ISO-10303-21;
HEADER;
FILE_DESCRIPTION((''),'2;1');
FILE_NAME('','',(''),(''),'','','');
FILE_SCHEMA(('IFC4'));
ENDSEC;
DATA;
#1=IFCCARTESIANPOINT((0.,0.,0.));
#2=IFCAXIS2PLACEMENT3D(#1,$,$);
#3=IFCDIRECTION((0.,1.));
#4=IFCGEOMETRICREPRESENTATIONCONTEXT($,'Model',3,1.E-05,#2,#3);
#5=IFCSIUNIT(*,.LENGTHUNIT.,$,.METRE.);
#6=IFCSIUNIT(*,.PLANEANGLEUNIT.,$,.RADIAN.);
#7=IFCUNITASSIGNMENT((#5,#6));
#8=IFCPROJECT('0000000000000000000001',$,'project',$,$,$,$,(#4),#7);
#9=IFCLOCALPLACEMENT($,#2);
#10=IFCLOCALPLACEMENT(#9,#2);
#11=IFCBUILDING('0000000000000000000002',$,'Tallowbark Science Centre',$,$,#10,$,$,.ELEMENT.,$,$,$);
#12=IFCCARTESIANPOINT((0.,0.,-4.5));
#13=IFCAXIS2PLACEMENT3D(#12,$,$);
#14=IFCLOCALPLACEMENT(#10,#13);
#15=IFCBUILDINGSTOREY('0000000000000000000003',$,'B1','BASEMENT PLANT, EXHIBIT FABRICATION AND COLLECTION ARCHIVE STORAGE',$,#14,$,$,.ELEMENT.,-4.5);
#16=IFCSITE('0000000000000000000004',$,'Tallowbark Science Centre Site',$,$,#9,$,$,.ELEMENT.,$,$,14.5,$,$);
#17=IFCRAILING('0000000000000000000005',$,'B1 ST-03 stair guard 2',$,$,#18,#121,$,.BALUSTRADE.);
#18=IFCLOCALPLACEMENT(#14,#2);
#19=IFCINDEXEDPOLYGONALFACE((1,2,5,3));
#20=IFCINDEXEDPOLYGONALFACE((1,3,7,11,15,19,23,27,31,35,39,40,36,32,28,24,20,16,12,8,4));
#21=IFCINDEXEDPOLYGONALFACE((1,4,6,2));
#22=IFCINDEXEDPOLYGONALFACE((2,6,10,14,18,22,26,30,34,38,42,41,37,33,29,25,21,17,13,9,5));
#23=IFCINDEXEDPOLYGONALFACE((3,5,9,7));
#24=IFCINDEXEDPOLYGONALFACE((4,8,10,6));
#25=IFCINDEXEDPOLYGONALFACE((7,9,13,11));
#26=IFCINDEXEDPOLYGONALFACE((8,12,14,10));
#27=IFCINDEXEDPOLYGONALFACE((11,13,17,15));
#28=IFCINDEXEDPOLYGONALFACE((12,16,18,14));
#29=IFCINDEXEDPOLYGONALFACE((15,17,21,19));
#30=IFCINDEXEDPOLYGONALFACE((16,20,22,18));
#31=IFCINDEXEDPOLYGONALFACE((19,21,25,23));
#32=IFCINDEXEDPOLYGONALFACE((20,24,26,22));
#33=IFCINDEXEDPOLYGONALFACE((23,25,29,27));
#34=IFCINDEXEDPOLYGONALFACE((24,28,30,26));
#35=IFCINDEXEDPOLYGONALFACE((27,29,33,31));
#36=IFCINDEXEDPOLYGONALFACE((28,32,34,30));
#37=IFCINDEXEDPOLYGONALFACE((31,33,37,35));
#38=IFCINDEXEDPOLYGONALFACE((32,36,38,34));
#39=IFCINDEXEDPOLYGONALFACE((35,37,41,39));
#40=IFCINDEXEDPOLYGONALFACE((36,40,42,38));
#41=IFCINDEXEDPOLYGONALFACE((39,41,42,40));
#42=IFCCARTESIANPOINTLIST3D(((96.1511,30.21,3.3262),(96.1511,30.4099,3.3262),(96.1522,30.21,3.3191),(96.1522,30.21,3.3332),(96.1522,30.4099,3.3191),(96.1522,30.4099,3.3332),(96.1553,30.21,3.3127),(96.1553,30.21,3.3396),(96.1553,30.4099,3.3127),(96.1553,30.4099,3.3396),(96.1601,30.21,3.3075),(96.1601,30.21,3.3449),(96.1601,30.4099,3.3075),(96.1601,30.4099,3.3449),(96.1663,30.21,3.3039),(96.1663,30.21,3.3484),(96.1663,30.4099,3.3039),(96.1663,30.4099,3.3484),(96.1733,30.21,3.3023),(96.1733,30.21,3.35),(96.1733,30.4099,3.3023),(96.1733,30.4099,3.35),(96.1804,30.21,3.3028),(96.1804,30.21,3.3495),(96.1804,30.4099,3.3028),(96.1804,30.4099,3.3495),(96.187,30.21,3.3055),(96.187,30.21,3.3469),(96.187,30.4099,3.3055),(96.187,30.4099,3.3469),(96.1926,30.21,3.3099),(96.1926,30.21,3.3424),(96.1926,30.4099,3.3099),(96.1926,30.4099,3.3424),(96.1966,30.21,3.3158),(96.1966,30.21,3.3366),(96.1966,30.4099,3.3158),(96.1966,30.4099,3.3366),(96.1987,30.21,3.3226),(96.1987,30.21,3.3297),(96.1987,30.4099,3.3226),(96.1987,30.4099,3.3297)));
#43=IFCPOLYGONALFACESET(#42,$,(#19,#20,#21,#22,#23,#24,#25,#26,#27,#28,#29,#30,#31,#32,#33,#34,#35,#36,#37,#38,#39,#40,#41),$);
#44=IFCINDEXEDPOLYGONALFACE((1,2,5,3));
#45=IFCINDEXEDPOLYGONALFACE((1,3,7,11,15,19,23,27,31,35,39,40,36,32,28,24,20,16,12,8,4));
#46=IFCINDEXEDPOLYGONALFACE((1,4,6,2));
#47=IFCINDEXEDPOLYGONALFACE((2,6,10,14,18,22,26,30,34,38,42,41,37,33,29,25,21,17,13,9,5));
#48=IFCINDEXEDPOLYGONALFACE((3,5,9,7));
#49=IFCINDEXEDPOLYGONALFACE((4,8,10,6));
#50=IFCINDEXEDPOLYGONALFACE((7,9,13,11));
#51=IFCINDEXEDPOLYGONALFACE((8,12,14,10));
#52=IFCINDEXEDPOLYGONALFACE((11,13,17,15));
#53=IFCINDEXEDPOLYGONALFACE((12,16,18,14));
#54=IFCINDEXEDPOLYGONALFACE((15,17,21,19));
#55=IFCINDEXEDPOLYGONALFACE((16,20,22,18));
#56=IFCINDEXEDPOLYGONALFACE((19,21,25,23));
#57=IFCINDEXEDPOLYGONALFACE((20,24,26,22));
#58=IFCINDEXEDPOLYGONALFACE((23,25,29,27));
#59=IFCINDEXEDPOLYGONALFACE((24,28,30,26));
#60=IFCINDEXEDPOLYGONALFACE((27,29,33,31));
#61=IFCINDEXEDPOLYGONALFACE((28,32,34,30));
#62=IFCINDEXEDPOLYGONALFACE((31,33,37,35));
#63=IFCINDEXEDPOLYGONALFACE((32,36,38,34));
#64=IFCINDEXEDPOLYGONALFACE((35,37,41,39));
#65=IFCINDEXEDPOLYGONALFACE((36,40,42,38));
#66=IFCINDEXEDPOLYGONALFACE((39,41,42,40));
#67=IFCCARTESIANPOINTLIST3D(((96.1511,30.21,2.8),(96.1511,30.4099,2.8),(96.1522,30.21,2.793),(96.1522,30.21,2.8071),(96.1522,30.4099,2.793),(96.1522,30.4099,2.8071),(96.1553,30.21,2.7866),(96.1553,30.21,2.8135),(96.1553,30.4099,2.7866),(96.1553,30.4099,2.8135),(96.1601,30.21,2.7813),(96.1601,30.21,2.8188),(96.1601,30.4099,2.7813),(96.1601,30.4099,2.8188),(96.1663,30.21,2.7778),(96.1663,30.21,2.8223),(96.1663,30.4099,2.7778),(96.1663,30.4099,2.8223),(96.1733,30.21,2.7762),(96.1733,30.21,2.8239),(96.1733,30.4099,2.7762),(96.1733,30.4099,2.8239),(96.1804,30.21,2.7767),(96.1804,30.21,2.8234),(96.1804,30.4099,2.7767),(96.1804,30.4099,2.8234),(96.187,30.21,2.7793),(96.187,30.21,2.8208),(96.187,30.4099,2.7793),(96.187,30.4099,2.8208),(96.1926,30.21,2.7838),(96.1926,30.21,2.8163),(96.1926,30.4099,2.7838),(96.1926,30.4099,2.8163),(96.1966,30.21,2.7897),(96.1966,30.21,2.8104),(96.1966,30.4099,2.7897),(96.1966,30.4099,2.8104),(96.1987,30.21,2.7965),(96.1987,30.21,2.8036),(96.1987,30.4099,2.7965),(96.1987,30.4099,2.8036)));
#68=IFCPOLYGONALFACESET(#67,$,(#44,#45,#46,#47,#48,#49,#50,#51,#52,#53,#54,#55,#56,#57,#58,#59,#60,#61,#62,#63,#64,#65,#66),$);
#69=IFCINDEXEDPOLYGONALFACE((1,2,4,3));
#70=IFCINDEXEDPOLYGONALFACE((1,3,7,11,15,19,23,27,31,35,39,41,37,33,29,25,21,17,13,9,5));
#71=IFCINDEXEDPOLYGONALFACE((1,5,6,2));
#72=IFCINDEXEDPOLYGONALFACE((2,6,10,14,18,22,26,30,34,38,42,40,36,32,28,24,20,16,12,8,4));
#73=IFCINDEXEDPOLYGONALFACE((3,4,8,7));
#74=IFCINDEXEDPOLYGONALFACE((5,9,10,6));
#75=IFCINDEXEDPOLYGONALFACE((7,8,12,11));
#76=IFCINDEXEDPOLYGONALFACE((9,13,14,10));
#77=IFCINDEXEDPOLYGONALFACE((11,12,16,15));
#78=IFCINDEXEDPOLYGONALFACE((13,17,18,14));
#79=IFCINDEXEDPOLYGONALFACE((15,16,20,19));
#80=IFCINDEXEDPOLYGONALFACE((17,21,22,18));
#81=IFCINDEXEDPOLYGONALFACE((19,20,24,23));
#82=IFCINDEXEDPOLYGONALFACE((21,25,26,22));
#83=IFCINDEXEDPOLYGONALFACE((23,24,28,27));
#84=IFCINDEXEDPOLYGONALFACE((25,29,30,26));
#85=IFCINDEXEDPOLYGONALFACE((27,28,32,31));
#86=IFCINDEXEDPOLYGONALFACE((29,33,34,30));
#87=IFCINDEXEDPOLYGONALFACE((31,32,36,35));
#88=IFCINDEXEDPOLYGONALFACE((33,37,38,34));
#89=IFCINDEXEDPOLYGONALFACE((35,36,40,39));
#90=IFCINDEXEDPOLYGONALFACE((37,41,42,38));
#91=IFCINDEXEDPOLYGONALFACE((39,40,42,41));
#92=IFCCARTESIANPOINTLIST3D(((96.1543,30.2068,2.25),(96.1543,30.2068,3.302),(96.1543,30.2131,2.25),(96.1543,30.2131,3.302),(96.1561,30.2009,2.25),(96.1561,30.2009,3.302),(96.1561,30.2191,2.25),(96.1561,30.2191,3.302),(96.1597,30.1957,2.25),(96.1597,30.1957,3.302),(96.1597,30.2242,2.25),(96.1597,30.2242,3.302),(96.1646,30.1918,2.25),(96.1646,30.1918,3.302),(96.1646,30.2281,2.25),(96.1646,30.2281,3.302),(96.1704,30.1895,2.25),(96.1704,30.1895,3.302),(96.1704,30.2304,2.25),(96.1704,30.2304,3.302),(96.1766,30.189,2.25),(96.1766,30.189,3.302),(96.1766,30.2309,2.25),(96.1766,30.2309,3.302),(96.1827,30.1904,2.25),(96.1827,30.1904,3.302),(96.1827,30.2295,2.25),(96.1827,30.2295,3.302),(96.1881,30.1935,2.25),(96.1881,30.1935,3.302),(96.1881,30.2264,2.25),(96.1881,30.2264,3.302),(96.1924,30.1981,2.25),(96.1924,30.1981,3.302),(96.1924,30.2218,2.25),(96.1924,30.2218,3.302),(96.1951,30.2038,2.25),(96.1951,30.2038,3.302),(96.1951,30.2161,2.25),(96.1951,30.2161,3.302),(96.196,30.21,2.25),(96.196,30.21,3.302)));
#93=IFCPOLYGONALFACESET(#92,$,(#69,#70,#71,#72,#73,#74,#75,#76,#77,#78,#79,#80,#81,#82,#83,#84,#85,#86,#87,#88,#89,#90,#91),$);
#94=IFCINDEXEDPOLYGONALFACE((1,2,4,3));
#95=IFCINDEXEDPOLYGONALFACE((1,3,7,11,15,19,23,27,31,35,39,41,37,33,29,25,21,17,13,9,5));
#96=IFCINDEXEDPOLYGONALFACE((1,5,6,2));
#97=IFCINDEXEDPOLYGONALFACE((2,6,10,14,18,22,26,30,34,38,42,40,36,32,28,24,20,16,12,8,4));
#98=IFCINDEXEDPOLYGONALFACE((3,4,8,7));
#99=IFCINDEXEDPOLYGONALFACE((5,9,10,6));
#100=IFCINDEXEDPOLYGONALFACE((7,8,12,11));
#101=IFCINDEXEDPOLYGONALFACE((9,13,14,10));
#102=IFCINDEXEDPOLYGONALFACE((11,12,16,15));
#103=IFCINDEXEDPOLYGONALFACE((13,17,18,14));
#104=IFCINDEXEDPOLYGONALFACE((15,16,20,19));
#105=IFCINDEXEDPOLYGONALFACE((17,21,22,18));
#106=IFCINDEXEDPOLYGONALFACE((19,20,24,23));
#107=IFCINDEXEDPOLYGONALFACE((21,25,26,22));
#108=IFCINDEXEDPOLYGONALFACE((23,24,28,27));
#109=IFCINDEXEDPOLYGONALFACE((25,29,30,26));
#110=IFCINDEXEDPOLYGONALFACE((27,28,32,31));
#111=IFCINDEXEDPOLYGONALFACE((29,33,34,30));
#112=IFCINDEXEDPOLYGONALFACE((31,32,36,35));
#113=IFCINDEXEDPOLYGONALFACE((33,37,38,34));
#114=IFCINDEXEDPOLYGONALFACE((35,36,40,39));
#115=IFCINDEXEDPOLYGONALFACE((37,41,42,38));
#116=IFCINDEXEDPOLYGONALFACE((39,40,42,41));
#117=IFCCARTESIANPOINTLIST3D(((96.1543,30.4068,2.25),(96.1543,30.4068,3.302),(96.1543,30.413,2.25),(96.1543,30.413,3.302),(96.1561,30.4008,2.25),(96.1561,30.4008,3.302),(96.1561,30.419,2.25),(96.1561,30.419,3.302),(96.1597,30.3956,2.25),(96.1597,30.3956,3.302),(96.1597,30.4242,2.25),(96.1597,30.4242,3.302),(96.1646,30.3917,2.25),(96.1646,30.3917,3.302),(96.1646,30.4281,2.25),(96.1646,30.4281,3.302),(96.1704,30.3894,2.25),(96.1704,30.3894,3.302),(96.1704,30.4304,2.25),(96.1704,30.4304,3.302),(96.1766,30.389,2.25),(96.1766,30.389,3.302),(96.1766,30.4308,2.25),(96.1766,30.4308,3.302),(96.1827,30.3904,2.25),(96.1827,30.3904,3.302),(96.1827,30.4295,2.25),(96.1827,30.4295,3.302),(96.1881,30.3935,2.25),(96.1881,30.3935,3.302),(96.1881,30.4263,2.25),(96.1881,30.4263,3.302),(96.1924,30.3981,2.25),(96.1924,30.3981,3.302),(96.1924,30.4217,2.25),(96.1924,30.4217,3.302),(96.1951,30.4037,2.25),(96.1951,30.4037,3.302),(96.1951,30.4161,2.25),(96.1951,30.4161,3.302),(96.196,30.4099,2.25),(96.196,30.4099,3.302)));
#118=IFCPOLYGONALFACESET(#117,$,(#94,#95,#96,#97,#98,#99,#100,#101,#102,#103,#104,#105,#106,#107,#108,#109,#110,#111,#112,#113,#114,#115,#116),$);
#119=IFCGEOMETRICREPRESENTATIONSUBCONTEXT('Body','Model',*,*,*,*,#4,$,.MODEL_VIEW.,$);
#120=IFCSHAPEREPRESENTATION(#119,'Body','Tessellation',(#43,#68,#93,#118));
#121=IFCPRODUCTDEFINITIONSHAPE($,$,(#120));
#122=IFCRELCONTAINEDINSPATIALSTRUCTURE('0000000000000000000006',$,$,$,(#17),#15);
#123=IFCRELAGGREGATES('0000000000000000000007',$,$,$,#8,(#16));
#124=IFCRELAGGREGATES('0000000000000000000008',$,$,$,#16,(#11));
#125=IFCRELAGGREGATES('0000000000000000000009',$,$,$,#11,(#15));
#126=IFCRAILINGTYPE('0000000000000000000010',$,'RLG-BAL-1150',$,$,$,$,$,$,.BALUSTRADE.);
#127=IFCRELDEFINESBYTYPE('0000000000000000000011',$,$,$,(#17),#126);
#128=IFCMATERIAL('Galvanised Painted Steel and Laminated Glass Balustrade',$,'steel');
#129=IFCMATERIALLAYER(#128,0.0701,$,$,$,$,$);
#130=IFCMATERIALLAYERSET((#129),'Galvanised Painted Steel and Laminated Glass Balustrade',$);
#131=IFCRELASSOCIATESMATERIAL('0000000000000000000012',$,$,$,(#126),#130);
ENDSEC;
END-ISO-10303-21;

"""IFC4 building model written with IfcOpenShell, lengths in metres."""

from ifc_helpers import new_model, si_unit, direction, frame, origin, origin_2d, place, context, subcontext, project, spatial, circle, extrude, material, layer, layer_set, type_object, element, save


model = new_model("IFC4")

# Units and contexts
model_context = context("Model", 3, precision=1e-05, world=origin(), true_north=direction((0.0, 1.0)))
body_context = subcontext(model_context, "Body", "Model", "MODEL_VIEW")
ifc_project = project(units=[si_unit("LENGTHUNIT", "METRE"), si_unit("PLANEANGLEUNIT", "RADIAN")], contexts=[model_context])

# Site, building, storey
site_placement = place(None, origin())
site = spatial("IfcSite", under=ifc_project, at=site_placement, Name="Tallowbark Science Centre Site", CompositionType="ELEMENT", RefElevation=14.5)
building_placement = place(site_placement, origin())
building = spatial("IfcBuilding", under=site, at=building_placement, Name="Tallowbark Science Centre", CompositionType="ELEMENT")
storey_placement = place(building_placement, frame((0.0, 0.0, -4.5)))
storey = spatial("IfcBuildingStorey", under=building, at=storey_placement, Name="B1", Description="BASEMENT PLANT, EXHIBIT FABRICATION AND COLLECTION ARCHIVE STORAGE", CompositionType="ELEMENT", Elevation=-4.5)

# Railing
ifc_material_1 = material(Name="Galvanised Painted Steel and Laminated Glass Balustrade", Category="steel")
ifc_layer_1 = layer(ifc_material_1, 0.0701)
ifc_layer_set_1 = layer_set([ifc_layer_1], Name="Galvanised Painted Steel and Laminated Glass Balustrade")
railing_type_1 = type_object("IfcRailingType", Name="RLG-BAL-1150", PredefinedType="BALUSTRADE", material=ifc_layer_set_1)
railing_1_placement = place(storey_placement, frame((96.175, 30.21, 2.25)))
element("IfcRailing", 1, at=railing_1_placement, inside=storey, type_object=railing_type_1, Name="B1 ST-03 stair guard 2", PredefinedType="BALUSTRADE", context=body_context, shape_type="SweptSolid", body=[
    extrude(circle(Radius=0.0239, at=origin_2d()), frame((0.0, 0.0, 1.0762), z_axis=(0.0, 1.0, 0.0), x_axis=(-1.0, 0.0, 0.0)), (0.0, 0.0, 1.0), 0.2),
    extrude(circle(Radius=0.0239, at=origin_2d()), frame((0.0, 0.0, 0.55), z_axis=(0.0, 1.0, 0.0), x_axis=(-1.0, 0.0, 0.0)), (0.0, 0.0, 1.0), 0.2),
    extrude(circle(Radius=0.021, at=origin_2d()), origin(), (0.0, 0.0, 1.0), 1.052),
    extrude(circle(Radius=0.021, at=origin_2d()), frame((0.0, 0.2, 0.0)), (0.0, 0.0, 1.0), 1.052),
])

save(model, "model.ifc")
